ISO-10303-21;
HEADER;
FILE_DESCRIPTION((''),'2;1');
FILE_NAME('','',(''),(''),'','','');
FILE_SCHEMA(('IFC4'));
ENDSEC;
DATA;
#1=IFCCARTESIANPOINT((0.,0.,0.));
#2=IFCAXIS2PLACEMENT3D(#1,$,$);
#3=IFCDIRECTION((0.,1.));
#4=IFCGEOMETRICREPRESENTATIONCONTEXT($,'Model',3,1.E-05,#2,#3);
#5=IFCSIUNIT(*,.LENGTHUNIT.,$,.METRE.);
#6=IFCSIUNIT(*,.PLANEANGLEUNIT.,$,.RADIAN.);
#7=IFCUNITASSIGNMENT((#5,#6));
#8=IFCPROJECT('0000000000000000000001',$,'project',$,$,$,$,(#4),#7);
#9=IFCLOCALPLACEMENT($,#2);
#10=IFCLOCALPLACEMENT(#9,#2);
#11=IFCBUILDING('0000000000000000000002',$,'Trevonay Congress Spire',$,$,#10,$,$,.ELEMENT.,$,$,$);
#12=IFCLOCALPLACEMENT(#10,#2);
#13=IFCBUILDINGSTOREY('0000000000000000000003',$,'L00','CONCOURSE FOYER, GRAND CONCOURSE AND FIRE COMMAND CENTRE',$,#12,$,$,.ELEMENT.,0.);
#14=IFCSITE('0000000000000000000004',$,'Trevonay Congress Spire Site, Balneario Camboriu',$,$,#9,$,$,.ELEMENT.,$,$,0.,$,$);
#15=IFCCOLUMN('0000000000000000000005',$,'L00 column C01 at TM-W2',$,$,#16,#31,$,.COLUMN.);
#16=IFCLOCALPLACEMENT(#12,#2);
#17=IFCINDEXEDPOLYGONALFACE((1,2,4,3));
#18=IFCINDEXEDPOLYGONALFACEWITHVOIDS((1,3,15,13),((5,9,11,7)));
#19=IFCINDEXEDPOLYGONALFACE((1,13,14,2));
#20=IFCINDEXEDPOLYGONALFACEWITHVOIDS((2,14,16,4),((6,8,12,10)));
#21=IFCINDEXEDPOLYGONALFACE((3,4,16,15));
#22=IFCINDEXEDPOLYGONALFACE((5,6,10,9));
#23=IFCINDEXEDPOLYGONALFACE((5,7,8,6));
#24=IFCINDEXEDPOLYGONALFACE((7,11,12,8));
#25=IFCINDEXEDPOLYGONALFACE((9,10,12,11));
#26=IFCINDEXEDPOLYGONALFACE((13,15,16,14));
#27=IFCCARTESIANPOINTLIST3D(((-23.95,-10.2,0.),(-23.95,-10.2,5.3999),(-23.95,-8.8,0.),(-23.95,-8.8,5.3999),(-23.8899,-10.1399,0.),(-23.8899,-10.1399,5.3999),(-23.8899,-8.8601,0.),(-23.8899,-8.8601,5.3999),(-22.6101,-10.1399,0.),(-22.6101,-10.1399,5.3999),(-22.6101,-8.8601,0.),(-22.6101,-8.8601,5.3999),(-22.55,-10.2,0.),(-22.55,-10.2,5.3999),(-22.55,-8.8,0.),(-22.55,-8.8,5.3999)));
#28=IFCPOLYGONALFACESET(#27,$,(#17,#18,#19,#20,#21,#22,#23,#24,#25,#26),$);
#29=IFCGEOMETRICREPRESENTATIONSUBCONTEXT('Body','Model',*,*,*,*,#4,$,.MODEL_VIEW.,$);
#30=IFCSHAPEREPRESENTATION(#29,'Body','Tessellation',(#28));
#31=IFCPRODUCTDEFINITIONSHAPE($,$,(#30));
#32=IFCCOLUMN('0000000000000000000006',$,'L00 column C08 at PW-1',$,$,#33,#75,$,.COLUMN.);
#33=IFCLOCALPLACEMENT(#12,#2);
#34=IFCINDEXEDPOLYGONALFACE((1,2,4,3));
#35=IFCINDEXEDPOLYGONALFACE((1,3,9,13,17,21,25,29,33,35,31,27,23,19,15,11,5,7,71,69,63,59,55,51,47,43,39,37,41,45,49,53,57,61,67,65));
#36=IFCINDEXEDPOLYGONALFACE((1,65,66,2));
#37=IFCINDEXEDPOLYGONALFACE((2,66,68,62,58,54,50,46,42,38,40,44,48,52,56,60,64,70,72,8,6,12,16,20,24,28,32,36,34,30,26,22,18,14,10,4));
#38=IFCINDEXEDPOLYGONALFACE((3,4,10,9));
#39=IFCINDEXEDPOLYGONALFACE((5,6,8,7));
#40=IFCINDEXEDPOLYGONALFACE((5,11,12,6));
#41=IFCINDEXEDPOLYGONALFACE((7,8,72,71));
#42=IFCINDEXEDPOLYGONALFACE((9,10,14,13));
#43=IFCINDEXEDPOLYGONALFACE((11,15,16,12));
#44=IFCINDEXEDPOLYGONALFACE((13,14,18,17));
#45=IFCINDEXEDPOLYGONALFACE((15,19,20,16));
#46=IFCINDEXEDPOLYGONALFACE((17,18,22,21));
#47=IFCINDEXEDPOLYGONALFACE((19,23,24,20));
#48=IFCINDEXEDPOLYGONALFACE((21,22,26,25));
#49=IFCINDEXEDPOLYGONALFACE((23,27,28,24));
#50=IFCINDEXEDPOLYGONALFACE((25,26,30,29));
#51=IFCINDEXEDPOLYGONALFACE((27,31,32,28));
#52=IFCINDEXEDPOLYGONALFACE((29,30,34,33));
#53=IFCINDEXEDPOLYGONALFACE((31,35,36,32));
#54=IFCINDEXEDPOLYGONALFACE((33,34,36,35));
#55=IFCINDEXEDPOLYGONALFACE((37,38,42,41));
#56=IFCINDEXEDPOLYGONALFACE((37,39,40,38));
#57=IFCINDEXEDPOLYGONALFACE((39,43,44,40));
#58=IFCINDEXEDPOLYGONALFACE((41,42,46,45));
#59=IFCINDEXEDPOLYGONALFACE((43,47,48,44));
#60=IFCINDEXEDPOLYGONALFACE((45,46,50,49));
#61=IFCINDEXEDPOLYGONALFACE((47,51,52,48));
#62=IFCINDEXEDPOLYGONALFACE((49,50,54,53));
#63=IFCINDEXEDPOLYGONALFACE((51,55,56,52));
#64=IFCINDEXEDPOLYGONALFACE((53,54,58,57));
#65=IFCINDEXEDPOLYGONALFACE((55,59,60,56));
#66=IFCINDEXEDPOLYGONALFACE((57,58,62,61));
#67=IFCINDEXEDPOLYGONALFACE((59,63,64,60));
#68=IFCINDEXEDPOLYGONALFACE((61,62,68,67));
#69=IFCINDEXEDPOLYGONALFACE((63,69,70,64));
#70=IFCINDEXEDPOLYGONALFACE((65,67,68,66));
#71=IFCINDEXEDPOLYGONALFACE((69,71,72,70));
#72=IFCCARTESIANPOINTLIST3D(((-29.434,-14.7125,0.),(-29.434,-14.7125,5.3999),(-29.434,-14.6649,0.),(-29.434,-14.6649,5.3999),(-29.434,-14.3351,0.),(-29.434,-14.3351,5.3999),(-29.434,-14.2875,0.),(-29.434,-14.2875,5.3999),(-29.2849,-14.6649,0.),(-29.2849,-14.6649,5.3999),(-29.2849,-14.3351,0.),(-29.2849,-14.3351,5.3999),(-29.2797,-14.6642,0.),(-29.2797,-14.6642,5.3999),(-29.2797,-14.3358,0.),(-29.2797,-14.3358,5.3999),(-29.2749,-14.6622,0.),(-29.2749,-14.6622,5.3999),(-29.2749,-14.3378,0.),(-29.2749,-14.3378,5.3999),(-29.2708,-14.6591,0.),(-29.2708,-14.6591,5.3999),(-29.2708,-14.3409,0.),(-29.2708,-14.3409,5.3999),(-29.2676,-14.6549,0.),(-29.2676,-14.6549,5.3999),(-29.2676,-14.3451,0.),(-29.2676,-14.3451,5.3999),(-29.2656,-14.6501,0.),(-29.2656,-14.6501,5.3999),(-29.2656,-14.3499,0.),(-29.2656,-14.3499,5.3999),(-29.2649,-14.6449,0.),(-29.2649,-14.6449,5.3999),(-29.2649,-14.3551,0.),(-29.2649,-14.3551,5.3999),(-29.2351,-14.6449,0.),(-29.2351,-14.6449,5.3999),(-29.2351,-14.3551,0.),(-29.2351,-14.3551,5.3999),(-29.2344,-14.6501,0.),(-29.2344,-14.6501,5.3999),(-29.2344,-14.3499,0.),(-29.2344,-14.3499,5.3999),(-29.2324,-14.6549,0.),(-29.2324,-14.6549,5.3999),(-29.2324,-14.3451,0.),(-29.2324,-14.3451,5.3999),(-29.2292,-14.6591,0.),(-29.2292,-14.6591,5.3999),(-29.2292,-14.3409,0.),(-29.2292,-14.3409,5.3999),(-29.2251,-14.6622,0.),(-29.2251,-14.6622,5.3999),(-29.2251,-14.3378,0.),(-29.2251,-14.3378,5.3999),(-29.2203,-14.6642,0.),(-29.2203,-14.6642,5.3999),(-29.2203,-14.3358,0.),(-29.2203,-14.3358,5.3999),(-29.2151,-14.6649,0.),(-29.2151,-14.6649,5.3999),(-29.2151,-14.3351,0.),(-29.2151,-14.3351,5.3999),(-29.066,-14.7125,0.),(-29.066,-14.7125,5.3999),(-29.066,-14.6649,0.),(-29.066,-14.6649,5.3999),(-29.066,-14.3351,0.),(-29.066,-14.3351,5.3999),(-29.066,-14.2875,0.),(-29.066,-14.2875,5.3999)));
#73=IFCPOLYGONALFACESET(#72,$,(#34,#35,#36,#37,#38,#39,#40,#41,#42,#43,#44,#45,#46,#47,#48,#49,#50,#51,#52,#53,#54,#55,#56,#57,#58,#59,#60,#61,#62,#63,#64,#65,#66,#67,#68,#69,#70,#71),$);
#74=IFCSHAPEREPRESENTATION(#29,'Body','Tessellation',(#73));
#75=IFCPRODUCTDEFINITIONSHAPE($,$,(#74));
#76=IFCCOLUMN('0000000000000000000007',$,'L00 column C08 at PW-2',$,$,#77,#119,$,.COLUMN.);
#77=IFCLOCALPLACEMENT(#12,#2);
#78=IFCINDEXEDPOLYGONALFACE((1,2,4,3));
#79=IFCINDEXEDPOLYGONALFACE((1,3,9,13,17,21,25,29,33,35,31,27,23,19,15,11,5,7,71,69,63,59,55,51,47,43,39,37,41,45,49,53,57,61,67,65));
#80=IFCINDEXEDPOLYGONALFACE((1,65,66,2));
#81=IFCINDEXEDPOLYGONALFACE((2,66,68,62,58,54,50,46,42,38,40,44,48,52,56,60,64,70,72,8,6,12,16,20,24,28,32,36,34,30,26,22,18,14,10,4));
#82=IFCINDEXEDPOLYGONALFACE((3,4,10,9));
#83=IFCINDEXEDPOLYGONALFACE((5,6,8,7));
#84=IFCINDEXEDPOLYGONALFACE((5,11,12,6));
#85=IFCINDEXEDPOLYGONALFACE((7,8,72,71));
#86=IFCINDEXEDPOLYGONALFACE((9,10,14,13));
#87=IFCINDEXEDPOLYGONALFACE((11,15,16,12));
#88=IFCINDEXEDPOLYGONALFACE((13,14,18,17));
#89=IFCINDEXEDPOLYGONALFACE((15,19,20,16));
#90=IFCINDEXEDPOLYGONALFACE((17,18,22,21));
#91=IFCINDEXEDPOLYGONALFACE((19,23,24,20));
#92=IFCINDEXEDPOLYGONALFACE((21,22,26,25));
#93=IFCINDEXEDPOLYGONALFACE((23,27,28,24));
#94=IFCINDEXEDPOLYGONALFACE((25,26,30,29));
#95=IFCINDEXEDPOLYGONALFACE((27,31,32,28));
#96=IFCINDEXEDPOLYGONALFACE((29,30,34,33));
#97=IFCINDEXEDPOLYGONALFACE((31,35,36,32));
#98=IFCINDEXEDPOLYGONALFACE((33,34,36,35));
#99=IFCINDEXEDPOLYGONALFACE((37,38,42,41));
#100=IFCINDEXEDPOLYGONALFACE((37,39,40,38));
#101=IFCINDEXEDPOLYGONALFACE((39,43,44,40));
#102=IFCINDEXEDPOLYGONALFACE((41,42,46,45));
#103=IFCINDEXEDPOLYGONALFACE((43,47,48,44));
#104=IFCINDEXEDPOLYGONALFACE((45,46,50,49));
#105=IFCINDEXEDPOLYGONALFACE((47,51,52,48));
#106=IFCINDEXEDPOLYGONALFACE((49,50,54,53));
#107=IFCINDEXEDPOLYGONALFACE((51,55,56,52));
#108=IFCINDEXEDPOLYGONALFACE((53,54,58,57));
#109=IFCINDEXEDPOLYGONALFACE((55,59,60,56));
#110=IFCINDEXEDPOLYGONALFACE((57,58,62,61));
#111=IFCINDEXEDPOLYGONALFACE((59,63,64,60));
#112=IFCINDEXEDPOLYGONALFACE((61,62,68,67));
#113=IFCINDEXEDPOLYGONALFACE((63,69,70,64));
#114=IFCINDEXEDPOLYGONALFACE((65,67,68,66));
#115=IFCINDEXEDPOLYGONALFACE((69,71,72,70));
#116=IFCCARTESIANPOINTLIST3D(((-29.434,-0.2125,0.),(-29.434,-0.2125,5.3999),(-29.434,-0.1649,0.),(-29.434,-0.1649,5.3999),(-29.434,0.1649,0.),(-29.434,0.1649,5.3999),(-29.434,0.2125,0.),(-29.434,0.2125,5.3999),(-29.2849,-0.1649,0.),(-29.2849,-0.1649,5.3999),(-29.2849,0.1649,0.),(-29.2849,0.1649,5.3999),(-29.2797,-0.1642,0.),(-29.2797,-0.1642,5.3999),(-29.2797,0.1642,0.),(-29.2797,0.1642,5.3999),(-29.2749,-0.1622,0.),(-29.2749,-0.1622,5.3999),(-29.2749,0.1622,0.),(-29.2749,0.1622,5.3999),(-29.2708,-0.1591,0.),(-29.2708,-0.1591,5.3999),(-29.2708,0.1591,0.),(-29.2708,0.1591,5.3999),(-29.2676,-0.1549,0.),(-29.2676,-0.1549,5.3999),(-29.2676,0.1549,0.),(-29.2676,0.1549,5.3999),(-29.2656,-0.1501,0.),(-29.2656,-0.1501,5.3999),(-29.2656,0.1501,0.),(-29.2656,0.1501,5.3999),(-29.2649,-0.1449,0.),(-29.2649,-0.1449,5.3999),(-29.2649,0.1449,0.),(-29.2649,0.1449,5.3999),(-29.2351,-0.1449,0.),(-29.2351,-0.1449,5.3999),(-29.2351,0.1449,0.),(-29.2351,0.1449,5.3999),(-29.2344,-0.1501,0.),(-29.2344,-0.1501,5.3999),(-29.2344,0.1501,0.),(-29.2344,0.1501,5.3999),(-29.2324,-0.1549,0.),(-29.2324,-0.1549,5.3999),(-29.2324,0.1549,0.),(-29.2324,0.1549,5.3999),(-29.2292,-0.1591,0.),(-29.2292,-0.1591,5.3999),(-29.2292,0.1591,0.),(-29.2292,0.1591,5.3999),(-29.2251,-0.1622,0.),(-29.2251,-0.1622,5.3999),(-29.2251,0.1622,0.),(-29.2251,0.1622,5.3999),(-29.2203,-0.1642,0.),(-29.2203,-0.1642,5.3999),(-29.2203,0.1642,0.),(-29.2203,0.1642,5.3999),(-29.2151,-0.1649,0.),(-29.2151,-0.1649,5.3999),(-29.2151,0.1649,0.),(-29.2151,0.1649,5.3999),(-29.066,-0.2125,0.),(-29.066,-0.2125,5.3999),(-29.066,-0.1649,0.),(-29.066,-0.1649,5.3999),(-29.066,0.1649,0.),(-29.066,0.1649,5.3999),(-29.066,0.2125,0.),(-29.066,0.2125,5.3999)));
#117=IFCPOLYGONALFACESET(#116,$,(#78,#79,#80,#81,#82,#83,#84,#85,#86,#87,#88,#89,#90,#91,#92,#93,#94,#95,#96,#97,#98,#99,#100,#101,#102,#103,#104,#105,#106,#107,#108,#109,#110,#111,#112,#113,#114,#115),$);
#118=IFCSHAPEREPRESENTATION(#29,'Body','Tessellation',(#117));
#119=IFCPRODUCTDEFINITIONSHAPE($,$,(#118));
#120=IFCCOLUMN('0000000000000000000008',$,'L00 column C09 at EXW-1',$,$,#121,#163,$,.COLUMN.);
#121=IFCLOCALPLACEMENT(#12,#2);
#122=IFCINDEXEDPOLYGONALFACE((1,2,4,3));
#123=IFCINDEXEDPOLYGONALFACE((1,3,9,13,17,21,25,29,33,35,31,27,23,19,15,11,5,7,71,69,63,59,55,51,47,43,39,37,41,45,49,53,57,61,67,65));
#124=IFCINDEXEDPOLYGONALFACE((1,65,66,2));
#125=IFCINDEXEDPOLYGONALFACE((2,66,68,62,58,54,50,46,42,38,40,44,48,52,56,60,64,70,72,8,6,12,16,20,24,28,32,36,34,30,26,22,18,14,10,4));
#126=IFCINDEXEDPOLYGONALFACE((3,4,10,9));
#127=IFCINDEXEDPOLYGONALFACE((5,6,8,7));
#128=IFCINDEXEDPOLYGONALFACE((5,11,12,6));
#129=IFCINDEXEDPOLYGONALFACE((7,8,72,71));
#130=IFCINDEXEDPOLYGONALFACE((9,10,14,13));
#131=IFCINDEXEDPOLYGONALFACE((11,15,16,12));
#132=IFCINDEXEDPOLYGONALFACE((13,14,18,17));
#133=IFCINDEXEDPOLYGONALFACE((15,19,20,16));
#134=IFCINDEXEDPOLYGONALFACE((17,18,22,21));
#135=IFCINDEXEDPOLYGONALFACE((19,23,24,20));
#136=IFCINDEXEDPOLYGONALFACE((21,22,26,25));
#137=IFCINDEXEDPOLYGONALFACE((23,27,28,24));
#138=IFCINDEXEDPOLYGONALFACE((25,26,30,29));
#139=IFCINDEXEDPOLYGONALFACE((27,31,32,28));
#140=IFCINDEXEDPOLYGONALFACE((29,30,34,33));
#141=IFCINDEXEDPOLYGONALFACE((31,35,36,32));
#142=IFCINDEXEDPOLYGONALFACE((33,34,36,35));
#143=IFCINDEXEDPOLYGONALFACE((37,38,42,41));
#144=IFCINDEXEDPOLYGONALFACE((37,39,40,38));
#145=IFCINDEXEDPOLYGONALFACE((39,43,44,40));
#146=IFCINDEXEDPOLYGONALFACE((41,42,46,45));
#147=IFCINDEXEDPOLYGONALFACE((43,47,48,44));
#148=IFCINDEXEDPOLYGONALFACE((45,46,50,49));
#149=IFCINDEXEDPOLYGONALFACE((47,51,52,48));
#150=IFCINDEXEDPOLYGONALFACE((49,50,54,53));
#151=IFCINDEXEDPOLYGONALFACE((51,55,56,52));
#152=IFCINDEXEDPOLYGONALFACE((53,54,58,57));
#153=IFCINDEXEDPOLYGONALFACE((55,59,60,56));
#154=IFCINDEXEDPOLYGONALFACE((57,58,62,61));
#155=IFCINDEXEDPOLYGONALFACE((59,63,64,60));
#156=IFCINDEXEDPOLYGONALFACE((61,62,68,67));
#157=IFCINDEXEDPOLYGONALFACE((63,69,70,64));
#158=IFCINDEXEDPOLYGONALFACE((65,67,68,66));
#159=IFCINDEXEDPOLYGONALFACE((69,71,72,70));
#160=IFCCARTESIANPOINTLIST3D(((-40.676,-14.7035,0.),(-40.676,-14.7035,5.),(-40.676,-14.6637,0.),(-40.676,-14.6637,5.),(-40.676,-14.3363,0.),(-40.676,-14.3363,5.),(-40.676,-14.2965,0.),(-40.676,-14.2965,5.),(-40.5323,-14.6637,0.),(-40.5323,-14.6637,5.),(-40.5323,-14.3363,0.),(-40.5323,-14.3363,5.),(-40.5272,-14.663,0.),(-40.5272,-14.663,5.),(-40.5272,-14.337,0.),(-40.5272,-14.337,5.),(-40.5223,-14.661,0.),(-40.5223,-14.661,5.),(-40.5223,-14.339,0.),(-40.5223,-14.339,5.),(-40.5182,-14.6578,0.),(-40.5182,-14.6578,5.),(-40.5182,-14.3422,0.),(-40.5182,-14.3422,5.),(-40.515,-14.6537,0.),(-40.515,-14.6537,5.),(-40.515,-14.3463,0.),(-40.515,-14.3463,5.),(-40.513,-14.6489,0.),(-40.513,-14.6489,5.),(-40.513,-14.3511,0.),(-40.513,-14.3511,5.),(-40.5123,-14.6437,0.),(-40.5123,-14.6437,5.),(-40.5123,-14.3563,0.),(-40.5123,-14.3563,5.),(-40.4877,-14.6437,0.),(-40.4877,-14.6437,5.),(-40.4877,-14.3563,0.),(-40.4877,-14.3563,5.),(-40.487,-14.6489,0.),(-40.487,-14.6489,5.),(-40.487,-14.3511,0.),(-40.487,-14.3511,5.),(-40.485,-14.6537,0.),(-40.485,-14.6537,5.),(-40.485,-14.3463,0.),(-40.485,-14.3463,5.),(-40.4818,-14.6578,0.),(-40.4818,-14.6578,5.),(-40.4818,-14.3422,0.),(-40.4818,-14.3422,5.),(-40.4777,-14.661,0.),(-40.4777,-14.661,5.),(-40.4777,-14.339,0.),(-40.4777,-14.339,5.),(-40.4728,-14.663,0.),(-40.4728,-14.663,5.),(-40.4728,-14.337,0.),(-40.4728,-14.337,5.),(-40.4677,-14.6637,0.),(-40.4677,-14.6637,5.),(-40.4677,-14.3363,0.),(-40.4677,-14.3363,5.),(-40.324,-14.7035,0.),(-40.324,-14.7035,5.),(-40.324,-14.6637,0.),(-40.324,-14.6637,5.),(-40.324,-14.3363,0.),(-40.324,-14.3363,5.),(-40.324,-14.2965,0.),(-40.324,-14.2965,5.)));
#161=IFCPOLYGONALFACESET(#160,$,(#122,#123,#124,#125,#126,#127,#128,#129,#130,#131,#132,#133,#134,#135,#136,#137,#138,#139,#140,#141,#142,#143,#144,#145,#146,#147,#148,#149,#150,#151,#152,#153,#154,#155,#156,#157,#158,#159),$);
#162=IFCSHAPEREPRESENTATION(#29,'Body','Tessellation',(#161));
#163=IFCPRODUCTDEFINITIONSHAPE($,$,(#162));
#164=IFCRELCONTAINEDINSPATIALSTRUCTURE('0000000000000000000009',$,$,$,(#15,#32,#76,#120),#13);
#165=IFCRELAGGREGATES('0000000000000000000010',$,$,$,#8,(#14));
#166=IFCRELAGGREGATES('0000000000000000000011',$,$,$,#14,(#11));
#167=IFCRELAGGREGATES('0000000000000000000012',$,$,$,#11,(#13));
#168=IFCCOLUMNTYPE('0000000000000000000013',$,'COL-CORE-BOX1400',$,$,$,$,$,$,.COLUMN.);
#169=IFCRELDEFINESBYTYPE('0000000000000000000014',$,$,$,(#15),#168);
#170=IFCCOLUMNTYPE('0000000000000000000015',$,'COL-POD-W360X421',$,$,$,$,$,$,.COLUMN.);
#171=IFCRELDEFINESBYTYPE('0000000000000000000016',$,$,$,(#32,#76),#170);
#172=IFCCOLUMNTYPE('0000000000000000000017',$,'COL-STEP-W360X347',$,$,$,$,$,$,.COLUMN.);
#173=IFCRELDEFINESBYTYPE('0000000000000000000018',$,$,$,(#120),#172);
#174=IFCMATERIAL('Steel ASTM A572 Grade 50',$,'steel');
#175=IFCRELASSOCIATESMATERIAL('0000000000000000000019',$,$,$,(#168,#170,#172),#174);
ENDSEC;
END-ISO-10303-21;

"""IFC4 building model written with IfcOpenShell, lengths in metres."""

from ifc_helpers import new_model, si_unit, direction, frame, origin, origin_2d, place, context, subcontext, project, spatial, hollow_rectangle, i_section, extrude, material, material_profile, profile_set, type_object, element, save


model = new_model("IFC4")

# Units and contexts
model_context = context("Model", 3, precision=1e-05, world=origin(), true_north=direction((0.0, 1.0)))
body_context = subcontext(model_context, "Body", "Model", "MODEL_VIEW")
ifc_project = project(units=[si_unit("LENGTHUNIT", "METRE"), si_unit("PLANEANGLEUNIT", "RADIAN")], contexts=[model_context])

# Site, building, storey
site_placement = place(None, origin())
site = spatial("IfcSite", under=ifc_project, at=site_placement, Name="Trevonay Congress Spire Site, Balneario Camboriu", CompositionType="ELEMENT", RefElevation=0.0)
building_placement = place(site_placement, origin())
building = spatial("IfcBuilding", under=site, at=building_placement, Name="Trevonay Congress Spire", CompositionType="ELEMENT")
storey_placement = place(building_placement, origin())
storey = spatial("IfcBuildingStorey", under=building, at=storey_placement, Name="L00", Description="CONCOURSE FOYER, GRAND CONCOURSE AND FIRE COMMAND CENTRE", CompositionType="ELEMENT", Elevation=0.0)

# Columns
ifc_material_1 = material(Name="Steel ASTM A572 Grade 50", Category="steel")
ifc_material_profile_1 = material_profile(ifc_material_1, hollow_rectangle(XDim=1.3999, YDim=1.3999, WallThickness=0.0601, at=origin_2d()), Name="BOX 1400x1400x60")
ifc_profile_set_1 = profile_set([ifc_material_profile_1], Name="Steel ASTM A572 Grade 50")
column_type_1 = type_object("IfcColumnType", Name="COL-CORE-BOX1400", PredefinedType="COLUMN", material=ifc_profile_set_1)
column_placement = place(storey_placement, frame((-23.25, -9.5, 0.0), z_axis=(0.0, 0.0, 1.0), x_axis=(1.0, 0.0, 0.0)))
element("IfcColumn", 1, at=column_placement, inside=storey, type_object=column_type_1, Name="L00 column C01 at TM-W2", PredefinedType="COLUMN", context=body_context, shape_type="SweptSolid", body=[
    extrude(hollow_rectangle(XDim=1.3999, YDim=1.3999, WallThickness=0.0601, at=origin_2d()), origin(), (0.0, 0.0, 1.0), 5.3999),
])
ifc_material_profile_2 = material_profile(ifc_material_1, i_section(OverallWidth=0.3679, OverallDepth=0.425, WebThickness=0.0298, FlangeThickness=0.0476, FilletRadius=0.02, at=origin_2d()), Name="W360x421")
ifc_profile_set_2 = profile_set([ifc_material_profile_2], Name="Steel ASTM A572 Grade 50")
column_type_2 = type_object("IfcColumnType", Name="COL-POD-W360X421", PredefinedType="COLUMN", material=ifc_profile_set_2)
for number, where, z_axis, x_axis, name in (
    (2, (-29.25, -14.5, 0.0), (0.0, 0.0, 1.0), (1.0, 0.0, 0.0), "L00 column C08 at PW-1"),
    (3, (-29.25, 0.0, 0.0), (0.0, 0.0, 1.0), (1.0, 0.0, 0.0), "L00 column C08 at PW-2"),
):
    element("IfcColumn", number, at=place(storey_placement, frame(where, z_axis=z_axis, x_axis=x_axis)), inside=storey, type_object=column_type_2, Name=name, PredefinedType="COLUMN", context=body_context, shape_type="SweptSolid", body=[
        extrude(i_section(OverallWidth=0.3679, OverallDepth=0.425, WebThickness=0.0298, FlangeThickness=0.0476, FilletRadius=0.02, at=origin_2d()), origin(), (0.0, 0.0, 1.0), 5.3999),
    ])
ifc_material_profile_3 = material_profile(ifc_material_1, i_section(OverallWidth=0.3521, OverallDepth=0.407, WebThickness=0.0247, FlangeThickness=0.0398, FilletRadius=0.02, at=origin_2d()), Name="W360x347")
ifc_profile_set_3 = profile_set([ifc_material_profile_3], Name="Steel ASTM A572 Grade 50")
column_type_3 = type_object("IfcColumnType", Name="COL-STEP-W360X347", PredefinedType="COLUMN", material=ifc_profile_set_3)
for number, where, z_axis, x_axis, name in (
    (4, (-40.5, -14.5, 0.0), (0.0, 0.0, 1.0), (1.0, 0.0, 0.0), "L00 column C09 at EXW-1"),
):
    element("IfcColumn", number, at=place(storey_placement, frame(where, z_axis=z_axis, x_axis=x_axis)), inside=storey, type_object=column_type_3, Name=name, PredefinedType="COLUMN", context=body_context, shape_type="SweptSolid", body=[
        extrude(i_section(OverallWidth=0.3521, OverallDepth=0.407, WebThickness=0.0247, FlangeThickness=0.0398, FilletRadius=0.02, at=origin_2d()), origin(), (0.0, 0.0, 1.0), 5.0),
    ])

save(model, "model.ifc")
